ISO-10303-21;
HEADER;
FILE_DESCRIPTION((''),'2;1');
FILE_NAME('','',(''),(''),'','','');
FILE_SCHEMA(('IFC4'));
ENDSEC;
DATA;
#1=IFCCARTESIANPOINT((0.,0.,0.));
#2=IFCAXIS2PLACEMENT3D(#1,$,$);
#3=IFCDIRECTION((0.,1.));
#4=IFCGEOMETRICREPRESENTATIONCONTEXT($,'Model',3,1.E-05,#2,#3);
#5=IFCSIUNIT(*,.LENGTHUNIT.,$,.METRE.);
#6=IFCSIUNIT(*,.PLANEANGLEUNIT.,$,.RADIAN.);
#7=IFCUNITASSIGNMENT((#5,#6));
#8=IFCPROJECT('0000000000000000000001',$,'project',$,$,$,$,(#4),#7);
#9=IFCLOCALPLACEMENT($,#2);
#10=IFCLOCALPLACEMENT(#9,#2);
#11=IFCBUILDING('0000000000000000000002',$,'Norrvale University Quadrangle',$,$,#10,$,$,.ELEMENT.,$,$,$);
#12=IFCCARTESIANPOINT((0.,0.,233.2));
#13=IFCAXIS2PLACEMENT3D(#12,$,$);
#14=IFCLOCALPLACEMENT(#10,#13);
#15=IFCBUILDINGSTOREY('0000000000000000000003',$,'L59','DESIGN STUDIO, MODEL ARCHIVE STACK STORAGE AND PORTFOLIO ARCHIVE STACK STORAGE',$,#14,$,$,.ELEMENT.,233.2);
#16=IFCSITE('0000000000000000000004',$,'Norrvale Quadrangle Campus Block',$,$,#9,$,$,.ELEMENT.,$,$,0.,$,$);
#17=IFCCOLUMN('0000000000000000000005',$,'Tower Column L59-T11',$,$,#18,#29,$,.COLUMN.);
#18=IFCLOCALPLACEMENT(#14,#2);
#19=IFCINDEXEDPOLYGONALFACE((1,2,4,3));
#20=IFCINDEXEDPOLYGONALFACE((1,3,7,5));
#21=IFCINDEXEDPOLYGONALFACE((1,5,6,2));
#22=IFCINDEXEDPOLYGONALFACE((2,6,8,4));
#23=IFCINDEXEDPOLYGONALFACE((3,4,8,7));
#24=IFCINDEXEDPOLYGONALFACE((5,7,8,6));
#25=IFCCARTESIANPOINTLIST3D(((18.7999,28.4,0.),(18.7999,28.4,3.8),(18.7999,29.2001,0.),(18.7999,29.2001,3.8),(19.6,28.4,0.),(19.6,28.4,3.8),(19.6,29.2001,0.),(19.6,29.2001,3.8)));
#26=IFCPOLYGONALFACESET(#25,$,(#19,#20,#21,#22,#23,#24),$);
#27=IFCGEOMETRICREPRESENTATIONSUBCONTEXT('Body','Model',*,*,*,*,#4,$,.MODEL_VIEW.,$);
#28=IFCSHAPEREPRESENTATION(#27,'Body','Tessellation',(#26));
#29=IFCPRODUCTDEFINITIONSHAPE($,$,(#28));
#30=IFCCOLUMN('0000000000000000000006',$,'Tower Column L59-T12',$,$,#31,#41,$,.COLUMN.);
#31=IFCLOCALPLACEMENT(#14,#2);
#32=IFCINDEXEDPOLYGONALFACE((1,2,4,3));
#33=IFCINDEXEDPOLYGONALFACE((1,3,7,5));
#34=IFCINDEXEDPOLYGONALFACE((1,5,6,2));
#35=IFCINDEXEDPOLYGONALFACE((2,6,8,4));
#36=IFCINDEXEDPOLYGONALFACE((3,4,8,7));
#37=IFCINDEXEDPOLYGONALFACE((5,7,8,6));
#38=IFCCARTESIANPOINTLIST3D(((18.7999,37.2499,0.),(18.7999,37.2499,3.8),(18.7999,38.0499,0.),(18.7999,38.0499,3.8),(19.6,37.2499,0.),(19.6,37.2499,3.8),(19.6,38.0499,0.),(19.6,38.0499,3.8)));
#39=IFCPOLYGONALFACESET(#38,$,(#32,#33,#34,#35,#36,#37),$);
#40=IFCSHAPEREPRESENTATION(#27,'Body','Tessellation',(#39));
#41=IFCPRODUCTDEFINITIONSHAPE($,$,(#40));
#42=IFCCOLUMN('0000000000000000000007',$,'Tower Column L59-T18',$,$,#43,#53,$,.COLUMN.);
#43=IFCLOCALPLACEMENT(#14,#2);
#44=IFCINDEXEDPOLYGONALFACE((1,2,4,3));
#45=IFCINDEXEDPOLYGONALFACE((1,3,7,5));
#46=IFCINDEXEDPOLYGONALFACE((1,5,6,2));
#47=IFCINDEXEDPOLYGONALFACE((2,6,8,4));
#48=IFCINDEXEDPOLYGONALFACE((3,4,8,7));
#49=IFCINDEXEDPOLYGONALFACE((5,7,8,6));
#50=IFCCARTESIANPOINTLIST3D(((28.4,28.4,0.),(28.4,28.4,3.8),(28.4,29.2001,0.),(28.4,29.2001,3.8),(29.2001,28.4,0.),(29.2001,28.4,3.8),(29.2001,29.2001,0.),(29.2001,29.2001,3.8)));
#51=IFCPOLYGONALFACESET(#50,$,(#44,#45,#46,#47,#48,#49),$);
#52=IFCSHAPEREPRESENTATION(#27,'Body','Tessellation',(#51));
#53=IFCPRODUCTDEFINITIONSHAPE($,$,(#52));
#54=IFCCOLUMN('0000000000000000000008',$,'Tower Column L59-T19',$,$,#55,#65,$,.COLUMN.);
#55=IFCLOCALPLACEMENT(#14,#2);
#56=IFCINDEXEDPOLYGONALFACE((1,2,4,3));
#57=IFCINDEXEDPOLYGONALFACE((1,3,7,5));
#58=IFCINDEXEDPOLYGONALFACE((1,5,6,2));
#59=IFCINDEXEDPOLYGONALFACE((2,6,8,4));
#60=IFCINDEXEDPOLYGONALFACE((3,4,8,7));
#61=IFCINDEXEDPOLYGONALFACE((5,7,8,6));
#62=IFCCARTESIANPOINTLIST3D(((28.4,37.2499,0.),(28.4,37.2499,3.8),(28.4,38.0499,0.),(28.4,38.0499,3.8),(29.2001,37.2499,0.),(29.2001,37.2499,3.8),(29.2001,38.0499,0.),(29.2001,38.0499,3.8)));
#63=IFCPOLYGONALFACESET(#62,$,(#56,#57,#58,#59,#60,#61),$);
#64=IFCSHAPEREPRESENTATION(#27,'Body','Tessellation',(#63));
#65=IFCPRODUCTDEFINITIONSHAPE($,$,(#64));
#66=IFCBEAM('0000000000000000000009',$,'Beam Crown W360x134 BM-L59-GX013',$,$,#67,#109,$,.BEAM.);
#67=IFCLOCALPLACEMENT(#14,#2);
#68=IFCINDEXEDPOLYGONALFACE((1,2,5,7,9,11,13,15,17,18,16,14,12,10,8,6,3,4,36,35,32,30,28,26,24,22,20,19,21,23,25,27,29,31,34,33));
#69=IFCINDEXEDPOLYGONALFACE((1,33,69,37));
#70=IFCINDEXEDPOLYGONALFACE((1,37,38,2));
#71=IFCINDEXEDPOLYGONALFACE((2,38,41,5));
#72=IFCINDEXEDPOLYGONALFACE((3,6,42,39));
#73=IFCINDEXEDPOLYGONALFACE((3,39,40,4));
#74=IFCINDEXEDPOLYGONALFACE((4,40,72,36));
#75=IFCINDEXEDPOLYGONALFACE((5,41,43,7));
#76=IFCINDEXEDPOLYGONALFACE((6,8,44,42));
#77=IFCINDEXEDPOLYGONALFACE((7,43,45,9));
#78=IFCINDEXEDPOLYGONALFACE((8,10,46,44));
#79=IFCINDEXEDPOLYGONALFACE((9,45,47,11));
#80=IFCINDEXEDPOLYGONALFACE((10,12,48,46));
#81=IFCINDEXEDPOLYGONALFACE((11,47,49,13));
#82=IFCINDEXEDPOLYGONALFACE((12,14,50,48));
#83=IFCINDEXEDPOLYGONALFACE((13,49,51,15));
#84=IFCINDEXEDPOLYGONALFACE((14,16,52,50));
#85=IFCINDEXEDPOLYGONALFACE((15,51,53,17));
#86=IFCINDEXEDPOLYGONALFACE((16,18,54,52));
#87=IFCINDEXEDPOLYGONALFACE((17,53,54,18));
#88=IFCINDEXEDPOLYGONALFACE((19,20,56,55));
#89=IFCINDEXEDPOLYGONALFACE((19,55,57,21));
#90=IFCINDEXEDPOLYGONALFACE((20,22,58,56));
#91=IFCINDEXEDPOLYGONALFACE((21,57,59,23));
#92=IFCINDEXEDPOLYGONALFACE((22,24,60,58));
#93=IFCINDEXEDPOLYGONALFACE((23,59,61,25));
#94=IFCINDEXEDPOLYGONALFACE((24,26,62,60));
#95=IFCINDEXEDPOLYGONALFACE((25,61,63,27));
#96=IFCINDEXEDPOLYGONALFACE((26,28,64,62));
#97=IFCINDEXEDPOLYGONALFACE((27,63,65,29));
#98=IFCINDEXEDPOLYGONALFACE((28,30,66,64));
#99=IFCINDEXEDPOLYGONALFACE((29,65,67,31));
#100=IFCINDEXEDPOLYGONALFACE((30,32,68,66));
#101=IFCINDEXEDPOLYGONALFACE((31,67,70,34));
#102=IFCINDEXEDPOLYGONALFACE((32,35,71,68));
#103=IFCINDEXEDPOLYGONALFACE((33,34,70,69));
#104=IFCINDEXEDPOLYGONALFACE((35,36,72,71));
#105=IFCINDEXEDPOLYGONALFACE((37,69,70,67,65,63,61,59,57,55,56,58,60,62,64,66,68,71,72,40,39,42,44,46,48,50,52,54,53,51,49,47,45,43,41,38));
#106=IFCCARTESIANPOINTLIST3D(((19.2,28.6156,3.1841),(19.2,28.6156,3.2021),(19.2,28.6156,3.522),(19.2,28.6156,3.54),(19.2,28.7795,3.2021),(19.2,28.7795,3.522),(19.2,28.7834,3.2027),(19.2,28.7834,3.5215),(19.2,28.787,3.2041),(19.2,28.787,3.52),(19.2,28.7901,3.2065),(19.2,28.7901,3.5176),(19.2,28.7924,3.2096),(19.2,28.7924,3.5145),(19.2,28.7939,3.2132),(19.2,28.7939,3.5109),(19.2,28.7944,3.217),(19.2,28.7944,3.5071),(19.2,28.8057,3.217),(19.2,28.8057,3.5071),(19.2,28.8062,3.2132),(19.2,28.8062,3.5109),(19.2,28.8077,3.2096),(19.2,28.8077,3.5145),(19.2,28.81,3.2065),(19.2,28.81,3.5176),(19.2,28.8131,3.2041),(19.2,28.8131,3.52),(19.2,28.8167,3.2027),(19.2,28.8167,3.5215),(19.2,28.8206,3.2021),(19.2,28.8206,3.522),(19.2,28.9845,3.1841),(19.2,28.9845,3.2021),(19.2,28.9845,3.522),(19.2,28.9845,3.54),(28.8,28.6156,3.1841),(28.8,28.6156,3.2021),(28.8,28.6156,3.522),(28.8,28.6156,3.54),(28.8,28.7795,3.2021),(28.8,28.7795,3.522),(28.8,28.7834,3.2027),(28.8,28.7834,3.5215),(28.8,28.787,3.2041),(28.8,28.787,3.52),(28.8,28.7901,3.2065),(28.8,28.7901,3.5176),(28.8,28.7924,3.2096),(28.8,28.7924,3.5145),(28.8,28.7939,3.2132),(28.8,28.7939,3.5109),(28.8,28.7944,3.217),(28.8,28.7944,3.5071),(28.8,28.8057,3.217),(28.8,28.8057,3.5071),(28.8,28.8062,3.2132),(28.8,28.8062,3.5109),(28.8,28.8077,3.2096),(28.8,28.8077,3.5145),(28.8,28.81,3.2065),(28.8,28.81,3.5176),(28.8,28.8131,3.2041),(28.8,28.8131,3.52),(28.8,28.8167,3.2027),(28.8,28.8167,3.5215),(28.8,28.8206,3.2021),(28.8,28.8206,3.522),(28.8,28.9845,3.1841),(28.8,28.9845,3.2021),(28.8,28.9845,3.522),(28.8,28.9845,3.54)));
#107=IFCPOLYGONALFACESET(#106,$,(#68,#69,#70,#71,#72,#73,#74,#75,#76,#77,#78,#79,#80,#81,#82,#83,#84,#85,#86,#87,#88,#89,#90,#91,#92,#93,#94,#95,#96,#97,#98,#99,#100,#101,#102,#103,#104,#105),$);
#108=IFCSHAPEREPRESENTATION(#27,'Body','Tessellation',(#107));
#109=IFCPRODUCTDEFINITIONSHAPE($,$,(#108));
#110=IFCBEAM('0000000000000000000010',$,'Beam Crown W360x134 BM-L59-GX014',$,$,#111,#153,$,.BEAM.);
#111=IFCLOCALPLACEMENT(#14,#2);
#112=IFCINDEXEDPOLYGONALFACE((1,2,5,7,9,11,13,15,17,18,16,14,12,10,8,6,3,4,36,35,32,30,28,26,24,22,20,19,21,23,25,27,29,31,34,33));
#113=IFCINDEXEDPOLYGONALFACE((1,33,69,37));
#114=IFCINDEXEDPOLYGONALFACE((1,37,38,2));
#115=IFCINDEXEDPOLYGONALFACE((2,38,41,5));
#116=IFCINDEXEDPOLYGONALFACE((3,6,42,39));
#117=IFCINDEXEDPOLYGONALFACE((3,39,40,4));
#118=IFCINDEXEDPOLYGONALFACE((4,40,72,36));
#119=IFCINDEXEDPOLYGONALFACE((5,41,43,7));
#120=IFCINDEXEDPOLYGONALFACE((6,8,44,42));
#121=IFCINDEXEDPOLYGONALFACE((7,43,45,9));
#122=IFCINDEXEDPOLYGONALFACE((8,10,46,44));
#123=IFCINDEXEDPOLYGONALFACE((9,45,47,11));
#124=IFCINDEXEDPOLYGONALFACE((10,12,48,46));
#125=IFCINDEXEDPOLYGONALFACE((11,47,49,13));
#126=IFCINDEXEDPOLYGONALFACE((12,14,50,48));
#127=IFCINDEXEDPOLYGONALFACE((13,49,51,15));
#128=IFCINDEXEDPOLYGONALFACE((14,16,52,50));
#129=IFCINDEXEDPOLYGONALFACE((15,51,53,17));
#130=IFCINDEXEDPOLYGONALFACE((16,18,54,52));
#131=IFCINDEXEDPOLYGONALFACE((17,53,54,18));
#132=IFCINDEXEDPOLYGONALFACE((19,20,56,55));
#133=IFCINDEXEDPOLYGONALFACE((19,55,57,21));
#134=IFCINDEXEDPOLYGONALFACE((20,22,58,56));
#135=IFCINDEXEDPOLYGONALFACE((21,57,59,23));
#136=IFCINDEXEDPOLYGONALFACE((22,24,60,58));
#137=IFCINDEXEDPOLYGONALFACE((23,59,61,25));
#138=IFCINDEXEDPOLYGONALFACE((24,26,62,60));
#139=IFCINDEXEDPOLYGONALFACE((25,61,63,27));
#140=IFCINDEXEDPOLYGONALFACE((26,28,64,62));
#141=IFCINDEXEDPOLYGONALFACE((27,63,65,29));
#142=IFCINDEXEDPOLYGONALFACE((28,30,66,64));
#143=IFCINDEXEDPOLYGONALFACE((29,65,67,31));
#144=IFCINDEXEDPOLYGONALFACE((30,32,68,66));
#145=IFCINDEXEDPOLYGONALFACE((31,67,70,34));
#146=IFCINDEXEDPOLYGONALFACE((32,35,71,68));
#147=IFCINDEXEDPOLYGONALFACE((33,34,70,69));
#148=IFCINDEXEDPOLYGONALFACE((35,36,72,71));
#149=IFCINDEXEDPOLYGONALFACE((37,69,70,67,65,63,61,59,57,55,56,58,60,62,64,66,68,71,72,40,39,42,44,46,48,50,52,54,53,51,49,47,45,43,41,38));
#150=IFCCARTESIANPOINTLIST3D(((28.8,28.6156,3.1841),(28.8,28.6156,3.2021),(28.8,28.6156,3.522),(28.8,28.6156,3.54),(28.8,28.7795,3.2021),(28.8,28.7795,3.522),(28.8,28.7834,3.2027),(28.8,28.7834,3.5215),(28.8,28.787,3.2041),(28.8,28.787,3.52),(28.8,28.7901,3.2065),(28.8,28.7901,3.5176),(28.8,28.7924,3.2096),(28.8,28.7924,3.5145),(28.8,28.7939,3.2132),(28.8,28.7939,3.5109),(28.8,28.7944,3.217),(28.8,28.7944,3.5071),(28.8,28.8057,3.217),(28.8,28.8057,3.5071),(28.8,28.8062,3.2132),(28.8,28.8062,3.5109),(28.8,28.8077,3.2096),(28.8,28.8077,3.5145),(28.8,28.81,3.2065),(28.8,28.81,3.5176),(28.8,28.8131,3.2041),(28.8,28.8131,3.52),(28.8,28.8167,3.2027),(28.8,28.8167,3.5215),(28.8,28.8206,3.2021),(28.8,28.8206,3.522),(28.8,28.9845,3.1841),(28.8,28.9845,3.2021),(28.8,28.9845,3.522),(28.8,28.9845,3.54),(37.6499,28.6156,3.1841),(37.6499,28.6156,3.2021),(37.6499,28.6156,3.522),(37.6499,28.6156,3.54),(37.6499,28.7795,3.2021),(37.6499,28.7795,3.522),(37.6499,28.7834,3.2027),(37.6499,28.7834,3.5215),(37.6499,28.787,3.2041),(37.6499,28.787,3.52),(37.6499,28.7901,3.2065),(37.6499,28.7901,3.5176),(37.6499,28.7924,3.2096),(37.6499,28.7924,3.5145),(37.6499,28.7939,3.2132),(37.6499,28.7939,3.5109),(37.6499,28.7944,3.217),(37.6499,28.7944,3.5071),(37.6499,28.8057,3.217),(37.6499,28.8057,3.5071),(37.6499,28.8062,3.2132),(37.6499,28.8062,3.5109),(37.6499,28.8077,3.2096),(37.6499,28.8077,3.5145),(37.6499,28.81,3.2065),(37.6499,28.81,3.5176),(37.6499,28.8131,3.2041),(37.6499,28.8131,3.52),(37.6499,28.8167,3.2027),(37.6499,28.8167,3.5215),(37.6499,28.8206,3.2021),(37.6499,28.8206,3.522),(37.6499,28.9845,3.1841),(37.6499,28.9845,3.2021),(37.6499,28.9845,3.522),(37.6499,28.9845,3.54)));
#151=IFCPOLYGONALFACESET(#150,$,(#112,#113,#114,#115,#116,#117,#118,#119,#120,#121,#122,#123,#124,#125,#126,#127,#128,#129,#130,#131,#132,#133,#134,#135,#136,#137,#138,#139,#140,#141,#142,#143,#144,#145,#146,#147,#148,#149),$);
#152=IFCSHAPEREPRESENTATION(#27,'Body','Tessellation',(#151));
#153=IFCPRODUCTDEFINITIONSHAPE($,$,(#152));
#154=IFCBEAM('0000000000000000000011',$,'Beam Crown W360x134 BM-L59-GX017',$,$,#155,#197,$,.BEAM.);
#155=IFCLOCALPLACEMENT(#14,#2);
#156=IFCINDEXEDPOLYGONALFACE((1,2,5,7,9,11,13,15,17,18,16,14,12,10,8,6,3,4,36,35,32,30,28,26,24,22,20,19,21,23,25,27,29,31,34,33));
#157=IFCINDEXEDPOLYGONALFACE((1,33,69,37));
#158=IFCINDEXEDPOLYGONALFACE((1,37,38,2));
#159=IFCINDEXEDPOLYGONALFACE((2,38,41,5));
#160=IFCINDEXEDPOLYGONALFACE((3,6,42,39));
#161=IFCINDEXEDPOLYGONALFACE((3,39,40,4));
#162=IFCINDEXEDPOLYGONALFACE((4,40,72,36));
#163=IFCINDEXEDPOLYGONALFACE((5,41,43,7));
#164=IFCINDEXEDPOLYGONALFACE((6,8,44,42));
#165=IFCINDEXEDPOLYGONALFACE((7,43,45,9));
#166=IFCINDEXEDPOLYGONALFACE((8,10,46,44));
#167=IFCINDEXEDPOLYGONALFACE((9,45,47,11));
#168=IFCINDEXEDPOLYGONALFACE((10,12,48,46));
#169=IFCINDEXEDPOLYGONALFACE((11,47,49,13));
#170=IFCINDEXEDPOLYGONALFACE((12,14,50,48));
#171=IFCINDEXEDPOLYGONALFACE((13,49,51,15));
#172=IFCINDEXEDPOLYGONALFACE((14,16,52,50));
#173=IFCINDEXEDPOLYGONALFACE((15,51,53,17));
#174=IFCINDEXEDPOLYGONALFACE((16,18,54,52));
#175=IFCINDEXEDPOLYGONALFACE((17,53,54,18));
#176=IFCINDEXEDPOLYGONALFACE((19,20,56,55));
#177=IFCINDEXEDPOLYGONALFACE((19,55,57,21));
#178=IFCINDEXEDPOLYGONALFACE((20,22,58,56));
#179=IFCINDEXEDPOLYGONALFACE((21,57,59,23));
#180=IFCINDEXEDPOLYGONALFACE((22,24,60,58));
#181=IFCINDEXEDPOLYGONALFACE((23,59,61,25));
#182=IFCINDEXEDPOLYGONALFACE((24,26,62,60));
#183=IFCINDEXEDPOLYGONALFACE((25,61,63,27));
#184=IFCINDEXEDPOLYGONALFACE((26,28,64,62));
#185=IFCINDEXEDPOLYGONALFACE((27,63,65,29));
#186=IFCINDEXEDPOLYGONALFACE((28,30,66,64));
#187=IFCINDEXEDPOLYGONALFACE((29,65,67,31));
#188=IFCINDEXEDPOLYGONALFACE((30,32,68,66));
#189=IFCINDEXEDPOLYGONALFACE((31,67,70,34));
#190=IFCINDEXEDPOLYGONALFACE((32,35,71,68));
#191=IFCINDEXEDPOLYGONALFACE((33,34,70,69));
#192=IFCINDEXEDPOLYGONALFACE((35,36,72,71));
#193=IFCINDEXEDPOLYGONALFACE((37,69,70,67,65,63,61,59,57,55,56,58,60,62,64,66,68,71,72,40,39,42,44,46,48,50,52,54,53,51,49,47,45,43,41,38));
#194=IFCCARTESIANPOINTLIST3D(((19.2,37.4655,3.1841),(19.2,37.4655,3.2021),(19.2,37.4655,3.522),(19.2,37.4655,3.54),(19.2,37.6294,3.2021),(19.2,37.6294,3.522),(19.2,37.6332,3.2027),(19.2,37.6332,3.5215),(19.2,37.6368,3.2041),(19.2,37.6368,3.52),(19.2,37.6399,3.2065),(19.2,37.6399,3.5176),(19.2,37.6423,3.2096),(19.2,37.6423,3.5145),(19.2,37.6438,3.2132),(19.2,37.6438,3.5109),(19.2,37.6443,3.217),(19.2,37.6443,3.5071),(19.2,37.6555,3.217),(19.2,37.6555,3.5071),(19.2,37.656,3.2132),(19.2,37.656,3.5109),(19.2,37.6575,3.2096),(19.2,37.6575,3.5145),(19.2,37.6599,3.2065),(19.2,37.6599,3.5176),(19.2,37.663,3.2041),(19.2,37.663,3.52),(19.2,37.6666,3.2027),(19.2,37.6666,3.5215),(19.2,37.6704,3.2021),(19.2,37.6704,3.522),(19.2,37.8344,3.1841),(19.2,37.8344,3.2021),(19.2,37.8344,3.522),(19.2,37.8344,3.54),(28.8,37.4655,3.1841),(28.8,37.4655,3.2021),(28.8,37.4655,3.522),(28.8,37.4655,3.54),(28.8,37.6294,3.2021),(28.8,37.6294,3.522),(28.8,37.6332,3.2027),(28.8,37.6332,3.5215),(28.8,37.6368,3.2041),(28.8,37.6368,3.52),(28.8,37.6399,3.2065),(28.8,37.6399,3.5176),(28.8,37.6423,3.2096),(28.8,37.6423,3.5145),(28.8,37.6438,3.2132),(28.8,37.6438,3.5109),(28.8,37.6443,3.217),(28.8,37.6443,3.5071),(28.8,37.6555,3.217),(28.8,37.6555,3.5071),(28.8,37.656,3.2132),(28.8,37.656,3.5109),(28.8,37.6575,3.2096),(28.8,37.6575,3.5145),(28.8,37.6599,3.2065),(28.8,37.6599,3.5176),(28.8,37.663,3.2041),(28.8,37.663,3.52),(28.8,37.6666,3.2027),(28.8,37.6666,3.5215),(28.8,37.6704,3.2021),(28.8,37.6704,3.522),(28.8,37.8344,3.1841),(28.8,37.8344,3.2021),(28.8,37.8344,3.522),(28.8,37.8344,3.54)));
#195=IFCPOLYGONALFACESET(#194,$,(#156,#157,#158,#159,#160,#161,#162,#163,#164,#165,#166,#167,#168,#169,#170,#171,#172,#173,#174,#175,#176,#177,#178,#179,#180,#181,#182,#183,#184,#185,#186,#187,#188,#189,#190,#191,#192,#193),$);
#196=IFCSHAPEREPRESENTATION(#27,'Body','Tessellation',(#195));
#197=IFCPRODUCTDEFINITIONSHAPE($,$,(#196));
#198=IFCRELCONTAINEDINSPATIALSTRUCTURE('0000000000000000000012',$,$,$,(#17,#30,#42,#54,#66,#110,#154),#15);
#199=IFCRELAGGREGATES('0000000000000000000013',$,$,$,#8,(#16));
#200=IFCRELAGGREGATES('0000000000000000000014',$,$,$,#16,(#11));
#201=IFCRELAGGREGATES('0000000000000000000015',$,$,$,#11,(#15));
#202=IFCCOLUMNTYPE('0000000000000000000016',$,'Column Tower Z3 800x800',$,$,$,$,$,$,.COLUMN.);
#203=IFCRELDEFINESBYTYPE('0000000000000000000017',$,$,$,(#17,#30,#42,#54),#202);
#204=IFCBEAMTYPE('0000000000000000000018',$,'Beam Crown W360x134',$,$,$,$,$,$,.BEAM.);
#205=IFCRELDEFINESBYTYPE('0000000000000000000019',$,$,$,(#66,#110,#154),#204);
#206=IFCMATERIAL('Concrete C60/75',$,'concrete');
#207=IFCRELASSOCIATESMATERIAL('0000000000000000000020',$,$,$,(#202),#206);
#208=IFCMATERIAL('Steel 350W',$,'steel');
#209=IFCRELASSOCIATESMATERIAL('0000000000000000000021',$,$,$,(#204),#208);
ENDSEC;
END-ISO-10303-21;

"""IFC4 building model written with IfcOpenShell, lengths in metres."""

from ifc_helpers import new_model, si_unit, direction, frame, origin, origin_2d, place, context, subcontext, project, spatial, rectangle, i_section, extrude, material, material_profile, profile_set, type_object, element, save


model = new_model("IFC4")

# Units and contexts
model_context = context("Model", 3, precision=1e-05, world=origin(), true_north=direction((0.0, 1.0)))
body_context = subcontext(model_context, "Body", "Model", "MODEL_VIEW")
ifc_project = project(units=[si_unit("LENGTHUNIT", "METRE"), si_unit("PLANEANGLEUNIT", "RADIAN")], contexts=[model_context])

# Site, building, storey
site_placement = place(None, origin())
site = spatial("IfcSite", under=ifc_project, at=site_placement, Name="Norrvale Quadrangle Campus Block", CompositionType="ELEMENT", RefElevation=0.0)
building_placement = place(site_placement, origin())
building = spatial("IfcBuilding", under=site, at=building_placement, Name="Norrvale University Quadrangle", CompositionType="ELEMENT")
storey_placement = place(building_placement, frame((0.0, 0.0, 233.2)))
storey = spatial("IfcBuildingStorey", under=building, at=storey_placement, Name="L59", Description="DESIGN STUDIO, MODEL ARCHIVE STACK STORAGE AND PORTFOLIO ARCHIVE STACK STORAGE", CompositionType="ELEMENT", Elevation=233.2)

# Columns
ifc_material_1 = material(Name="Concrete C60/75", Category="concrete")
ifc_material_profile_1 = material_profile(ifc_material_1, rectangle(XDim=0.8, YDim=0.8, at=origin_2d()), Name="Concrete C60/75")
ifc_profile_set_1 = profile_set([ifc_material_profile_1], Name="Concrete C60/75")
column_type = type_object("IfcColumnType", Name="Column Tower Z3 800x800", PredefinedType="COLUMN", material=ifc_profile_set_1)
for number, where, z_axis, x_axis, name in (
    (1, (19.2, 28.8, 0.0), (0.0, 0.0, 1.0), (1.0, 0.0, 0.0), "Tower Column L59-T11"),
    (2, (19.2, 37.6499, 0.0), (0.0, 0.0, 1.0), (1.0, 0.0, 0.0), "Tower Column L59-T12"),
    (3, (28.8, 28.8, 0.0), (0.0, 0.0, 1.0), (1.0, 0.0, 0.0), "Tower Column L59-T18"),
    (4, (28.8, 37.6499, 0.0), (0.0, 0.0, 1.0), (1.0, 0.0, 0.0), "Tower Column L59-T19"),
):
    element("IfcColumn", number, at=place(storey_placement, frame(where, z_axis=z_axis, x_axis=x_axis)), inside=storey, type_object=column_type, Name=name, PredefinedType="COLUMN", context=body_context, shape_type="SweptSolid", body=[
        extrude(rectangle(XDim=0.8, YDim=0.8, at=origin_2d()), origin(), (0.0, 0.0, 1.0), 3.8),
    ])

# Beams
ifc_material_2 = material(Name="Steel 350W", Category="steel")
ifc_material_profile_2 = material_profile(ifc_material_2, i_section(OverallWidth=0.3689, OverallDepth=0.356, WebThickness=0.0112, FlangeThickness=0.0181, FilletRadius=0.0149, at=origin_2d()), Name="Steel 350W")
ifc_profile_set_2 = profile_set([ifc_material_profile_2], Name="Steel 350W")
beam_type_1 = type_object("IfcBeamType", Name="Beam Crown W360x134", PredefinedType="BEAM", material=ifc_profile_set_2)
beam_1_placement = place(storey_placement, frame((19.2, 28.8, 3.3621), z_axis=(1.0, 0.0, 0.0), x_axis=(0.0, 1.0, 0.0)))
element("IfcBeam", 5, at=beam_1_placement, inside=storey, type_object=beam_type_1, Name="Beam Crown W360x134 BM-L59-GX013", PredefinedType="BEAM", context=body_context, shape_type="SweptSolid", body=[
    extrude(i_section(OverallWidth=0.3689, OverallDepth=0.356, WebThickness=0.0112, FlangeThickness=0.0181, FilletRadius=0.0149, at=origin_2d()), origin(), (0.0, 0.0, 1.0), 9.6001),
])
beam_2_placement = place(storey_placement, frame((28.8, 28.8, 3.3621), z_axis=(1.0, 0.0, 0.0), x_axis=(0.0, 1.0, 0.0)))
element("IfcBeam", 6, at=beam_2_placement, inside=storey, type_object=beam_type_1, Name="Beam Crown W360x134 BM-L59-GX014", PredefinedType="BEAM", context=body_context, shape_type="SweptSolid", body=[
    extrude(i_section(OverallWidth=0.3689, OverallDepth=0.356, WebThickness=0.0112, FlangeThickness=0.0181, FilletRadius=0.0149, at=origin_2d()), origin(), (0.0, 0.0, 1.0), 8.8499),
])
beam_3_placement = place(storey_placement, frame((19.2, 37.6499, 3.3621), z_axis=(1.0, 0.0, 0.0), x_axis=(0.0, 1.0, 0.0)))
element("IfcBeam", 7, at=beam_3_placement, inside=storey, type_object=beam_type_1, Name="Beam Crown W360x134 BM-L59-GX017", PredefinedType="BEAM", context=body_context, shape_type="SweptSolid", body=[
    extrude(i_section(OverallWidth=0.3689, OverallDepth=0.356, WebThickness=0.0112, FlangeThickness=0.0181, FilletRadius=0.0149, at=origin_2d()), origin(), (0.0, 0.0, 1.0), 9.6001),
])

save(model, "model.ifc")
